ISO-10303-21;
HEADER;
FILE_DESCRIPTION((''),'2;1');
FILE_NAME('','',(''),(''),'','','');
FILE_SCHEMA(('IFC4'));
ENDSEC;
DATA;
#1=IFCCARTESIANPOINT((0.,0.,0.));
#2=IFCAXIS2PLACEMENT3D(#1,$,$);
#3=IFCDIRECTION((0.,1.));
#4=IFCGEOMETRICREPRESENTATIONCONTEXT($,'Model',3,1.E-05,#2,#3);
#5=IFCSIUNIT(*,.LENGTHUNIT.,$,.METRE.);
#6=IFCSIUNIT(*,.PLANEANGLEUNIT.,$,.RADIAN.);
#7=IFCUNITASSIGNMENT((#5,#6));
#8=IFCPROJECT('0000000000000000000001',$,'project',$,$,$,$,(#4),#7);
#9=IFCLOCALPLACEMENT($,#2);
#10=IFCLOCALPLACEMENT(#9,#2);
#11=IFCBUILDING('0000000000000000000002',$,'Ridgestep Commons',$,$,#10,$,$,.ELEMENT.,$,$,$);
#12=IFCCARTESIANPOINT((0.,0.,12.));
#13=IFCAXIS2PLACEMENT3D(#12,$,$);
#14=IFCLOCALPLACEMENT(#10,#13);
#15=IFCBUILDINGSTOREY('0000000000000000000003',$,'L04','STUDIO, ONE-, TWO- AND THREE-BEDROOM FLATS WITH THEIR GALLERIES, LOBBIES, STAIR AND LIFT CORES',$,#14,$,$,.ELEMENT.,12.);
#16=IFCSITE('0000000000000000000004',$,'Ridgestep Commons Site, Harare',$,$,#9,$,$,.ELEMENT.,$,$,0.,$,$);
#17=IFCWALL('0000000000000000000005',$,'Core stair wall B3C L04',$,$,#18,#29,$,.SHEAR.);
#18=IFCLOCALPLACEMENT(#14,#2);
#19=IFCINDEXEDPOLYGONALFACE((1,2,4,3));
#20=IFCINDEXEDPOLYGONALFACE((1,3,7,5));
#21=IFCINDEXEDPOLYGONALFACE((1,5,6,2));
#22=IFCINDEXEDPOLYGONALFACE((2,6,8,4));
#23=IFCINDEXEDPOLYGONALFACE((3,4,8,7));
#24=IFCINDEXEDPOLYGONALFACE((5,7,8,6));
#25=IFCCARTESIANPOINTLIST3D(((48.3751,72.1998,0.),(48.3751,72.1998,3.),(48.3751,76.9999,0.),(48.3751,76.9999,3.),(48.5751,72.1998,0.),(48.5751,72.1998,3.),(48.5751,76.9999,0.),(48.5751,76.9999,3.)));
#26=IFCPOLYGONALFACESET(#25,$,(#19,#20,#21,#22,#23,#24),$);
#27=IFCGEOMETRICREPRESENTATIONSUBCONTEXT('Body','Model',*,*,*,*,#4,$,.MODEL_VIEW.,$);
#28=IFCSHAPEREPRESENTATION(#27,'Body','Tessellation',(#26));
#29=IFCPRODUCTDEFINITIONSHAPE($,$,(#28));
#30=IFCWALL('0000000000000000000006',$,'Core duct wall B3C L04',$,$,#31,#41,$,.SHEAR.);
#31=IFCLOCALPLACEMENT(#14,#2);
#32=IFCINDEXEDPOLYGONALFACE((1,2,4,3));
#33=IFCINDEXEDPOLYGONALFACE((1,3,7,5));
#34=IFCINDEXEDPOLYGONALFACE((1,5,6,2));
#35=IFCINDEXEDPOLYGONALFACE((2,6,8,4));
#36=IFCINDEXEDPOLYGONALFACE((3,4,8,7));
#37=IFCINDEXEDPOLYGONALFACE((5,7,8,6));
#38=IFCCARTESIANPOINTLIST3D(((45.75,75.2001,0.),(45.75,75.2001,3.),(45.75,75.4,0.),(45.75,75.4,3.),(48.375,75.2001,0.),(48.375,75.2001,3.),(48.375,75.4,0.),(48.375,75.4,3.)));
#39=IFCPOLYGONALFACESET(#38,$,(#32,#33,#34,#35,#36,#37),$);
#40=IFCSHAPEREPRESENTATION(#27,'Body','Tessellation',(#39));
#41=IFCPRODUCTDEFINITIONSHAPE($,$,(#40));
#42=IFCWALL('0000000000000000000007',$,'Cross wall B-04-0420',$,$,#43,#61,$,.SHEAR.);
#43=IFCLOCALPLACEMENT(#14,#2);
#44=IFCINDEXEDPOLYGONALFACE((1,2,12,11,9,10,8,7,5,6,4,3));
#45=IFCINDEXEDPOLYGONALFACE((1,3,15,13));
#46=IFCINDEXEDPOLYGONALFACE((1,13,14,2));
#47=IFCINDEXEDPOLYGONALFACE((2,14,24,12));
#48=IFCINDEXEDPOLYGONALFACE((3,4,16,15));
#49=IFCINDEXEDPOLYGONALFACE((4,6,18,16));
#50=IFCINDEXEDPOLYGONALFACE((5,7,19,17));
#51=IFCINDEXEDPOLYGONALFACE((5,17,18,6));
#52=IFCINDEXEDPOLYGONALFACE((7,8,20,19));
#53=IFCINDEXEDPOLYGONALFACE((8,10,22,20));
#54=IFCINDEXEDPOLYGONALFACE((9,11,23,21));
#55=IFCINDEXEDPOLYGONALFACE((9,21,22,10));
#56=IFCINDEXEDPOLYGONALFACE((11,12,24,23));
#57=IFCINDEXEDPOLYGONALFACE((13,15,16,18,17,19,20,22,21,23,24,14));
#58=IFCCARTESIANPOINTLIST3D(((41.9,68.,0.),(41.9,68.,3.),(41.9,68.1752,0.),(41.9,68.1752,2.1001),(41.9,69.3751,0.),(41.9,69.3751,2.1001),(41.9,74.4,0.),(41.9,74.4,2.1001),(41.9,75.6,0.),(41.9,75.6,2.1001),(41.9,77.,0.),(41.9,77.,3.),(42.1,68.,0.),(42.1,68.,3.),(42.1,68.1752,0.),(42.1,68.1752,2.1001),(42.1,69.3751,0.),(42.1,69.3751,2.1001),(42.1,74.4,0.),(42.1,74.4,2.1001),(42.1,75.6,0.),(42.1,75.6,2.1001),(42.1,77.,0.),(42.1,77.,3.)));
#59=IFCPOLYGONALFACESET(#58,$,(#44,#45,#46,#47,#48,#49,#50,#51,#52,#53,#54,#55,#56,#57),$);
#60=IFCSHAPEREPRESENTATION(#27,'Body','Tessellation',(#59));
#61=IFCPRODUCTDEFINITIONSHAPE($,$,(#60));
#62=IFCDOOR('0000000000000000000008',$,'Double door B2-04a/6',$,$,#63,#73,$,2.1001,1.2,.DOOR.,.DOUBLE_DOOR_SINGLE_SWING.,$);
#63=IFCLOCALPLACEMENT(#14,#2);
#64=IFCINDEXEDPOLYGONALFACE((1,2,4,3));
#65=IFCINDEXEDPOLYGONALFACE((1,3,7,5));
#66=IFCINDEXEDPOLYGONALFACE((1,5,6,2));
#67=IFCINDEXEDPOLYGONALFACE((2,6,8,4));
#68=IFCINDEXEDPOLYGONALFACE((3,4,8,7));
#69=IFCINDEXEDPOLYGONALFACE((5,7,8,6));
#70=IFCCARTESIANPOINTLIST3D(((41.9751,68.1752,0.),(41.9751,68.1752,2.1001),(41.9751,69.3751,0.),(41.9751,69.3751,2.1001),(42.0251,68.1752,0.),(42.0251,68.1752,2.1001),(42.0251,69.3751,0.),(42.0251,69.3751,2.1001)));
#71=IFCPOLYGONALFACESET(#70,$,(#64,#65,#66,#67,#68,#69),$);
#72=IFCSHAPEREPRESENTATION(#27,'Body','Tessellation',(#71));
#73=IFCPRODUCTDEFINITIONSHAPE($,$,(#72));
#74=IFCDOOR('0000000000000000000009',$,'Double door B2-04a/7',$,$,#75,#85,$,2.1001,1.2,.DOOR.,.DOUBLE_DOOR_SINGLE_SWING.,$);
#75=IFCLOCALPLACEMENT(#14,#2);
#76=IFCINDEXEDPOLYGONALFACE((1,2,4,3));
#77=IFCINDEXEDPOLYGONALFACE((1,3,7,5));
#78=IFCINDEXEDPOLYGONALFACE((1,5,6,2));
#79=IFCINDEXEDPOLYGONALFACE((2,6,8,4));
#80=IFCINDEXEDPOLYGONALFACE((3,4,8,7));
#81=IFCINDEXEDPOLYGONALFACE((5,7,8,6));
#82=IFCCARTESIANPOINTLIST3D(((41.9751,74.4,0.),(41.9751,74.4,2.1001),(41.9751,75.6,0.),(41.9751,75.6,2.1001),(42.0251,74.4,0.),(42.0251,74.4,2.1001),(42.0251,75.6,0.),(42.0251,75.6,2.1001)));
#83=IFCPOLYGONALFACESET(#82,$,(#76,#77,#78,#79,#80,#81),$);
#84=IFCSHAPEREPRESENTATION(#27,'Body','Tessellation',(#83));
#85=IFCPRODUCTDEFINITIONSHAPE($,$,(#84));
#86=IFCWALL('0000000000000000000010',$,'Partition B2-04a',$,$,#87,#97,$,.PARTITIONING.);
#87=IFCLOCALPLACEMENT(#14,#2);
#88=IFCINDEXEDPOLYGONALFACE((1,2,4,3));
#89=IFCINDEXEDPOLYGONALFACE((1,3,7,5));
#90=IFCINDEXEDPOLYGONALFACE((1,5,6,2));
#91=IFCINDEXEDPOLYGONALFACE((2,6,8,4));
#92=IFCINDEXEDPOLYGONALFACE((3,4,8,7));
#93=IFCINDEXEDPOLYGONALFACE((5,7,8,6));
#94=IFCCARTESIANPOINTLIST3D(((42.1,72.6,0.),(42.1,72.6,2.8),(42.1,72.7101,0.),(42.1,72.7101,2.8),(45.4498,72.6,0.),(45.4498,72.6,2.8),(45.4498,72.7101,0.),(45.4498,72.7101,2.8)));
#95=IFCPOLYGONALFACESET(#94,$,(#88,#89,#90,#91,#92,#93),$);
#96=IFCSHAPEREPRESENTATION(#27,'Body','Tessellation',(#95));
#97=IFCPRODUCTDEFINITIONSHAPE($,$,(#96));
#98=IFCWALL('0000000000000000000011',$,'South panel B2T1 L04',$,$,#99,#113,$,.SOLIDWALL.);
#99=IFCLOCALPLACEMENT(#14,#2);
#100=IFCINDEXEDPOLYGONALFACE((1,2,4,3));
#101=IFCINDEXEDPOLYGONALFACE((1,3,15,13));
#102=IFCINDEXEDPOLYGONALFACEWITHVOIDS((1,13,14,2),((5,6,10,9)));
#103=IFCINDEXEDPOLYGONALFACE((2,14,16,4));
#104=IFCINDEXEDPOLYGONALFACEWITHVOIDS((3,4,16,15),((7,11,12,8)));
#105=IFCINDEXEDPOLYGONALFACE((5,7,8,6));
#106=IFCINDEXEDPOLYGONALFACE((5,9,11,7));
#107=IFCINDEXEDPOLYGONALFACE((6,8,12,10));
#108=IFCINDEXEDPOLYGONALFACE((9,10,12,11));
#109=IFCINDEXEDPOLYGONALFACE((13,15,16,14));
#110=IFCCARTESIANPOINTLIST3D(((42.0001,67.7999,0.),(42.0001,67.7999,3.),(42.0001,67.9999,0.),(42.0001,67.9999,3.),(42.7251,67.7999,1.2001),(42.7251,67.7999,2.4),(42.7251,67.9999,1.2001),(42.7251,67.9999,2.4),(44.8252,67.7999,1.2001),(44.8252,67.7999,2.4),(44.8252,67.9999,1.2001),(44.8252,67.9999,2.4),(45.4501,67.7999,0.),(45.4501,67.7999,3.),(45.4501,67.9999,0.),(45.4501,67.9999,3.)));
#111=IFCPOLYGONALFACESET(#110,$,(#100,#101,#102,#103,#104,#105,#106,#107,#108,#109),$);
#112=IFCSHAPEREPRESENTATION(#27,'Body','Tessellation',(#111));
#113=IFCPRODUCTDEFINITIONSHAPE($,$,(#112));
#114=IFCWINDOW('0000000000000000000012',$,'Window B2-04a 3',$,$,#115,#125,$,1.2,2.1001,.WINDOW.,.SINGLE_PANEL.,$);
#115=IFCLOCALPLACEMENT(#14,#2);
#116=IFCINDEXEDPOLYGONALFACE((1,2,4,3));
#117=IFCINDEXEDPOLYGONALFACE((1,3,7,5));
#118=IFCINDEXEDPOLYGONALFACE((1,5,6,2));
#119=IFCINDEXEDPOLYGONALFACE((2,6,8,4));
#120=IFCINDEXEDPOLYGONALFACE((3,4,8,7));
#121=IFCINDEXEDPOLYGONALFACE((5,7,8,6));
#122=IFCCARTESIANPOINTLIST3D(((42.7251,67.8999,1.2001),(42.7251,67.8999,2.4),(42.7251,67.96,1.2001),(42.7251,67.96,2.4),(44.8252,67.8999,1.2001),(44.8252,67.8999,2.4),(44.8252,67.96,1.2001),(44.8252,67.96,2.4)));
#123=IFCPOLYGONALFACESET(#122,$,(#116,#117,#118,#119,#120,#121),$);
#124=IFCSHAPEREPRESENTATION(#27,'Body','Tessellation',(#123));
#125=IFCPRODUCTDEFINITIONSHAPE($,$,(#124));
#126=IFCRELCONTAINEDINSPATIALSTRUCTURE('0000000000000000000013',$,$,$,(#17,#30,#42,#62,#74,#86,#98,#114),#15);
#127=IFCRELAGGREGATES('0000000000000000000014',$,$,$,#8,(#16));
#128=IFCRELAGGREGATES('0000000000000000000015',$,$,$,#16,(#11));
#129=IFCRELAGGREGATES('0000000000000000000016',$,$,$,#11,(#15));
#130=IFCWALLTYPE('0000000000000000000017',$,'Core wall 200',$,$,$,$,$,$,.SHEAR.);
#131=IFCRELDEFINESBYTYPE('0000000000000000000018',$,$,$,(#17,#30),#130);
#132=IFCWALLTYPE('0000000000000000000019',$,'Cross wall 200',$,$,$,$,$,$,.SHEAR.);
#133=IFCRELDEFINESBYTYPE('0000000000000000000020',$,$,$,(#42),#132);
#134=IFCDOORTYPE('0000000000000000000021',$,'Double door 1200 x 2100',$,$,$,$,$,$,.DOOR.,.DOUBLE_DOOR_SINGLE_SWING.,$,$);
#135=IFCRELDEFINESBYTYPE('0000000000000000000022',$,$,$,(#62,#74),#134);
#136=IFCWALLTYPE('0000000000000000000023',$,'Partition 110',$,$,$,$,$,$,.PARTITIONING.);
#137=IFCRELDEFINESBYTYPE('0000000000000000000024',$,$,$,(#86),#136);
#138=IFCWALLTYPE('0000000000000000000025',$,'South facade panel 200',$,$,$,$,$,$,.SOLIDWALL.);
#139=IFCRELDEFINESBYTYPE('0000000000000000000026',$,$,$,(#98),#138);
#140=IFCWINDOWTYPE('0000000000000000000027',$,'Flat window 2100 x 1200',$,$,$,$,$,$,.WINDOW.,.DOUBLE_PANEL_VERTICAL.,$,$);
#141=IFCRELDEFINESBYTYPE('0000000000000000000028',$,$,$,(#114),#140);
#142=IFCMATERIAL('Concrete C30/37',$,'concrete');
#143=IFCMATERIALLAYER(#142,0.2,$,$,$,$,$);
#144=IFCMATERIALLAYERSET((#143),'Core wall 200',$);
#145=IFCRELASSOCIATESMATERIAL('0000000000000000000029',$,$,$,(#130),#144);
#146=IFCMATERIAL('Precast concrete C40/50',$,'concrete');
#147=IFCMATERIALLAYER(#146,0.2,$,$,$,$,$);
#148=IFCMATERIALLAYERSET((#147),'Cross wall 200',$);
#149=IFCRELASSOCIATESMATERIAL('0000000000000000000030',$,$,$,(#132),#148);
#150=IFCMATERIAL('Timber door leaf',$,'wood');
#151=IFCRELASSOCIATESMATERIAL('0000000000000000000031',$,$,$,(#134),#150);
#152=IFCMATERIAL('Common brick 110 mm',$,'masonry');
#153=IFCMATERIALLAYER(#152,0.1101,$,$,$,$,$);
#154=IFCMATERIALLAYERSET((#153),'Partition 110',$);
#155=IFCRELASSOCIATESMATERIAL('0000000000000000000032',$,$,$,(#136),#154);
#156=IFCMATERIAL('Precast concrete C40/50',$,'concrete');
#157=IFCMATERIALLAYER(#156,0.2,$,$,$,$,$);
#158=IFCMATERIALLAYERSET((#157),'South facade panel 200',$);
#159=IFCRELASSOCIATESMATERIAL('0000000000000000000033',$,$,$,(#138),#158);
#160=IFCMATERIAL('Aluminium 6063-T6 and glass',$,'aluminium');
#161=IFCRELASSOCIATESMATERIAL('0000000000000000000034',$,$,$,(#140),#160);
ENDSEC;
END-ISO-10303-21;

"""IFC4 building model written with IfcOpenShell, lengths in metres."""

from ifc_helpers import new_model, si_unit, direction, frame, frame_2d, origin, place, context, subcontext, project, spatial, rectangle, extrude, material, layer, layer_set, type_object, element, fill, save


model = new_model("IFC4")

# Units and contexts
model_context = context("Model", 3, precision=1e-05, world=origin(), true_north=direction((0.0, 1.0)))
body_context = subcontext(model_context, "Body", "Model", "MODEL_VIEW")
ifc_project = project(units=[si_unit("LENGTHUNIT", "METRE"), si_unit("PLANEANGLEUNIT", "RADIAN")], contexts=[model_context])

# Site, building, storey
site_placement = place(None, origin())
site = spatial("IfcSite", under=ifc_project, at=site_placement, Name="Ridgestep Commons Site, Harare", CompositionType="ELEMENT", RefElevation=0.0)
building_placement = place(site_placement, origin())
building = spatial("IfcBuilding", under=site, at=building_placement, Name="Ridgestep Commons", CompositionType="ELEMENT")
storey_placement = place(building_placement, frame((0.0, 0.0, 12.0)))
storey = spatial("IfcBuildingStorey", under=building, at=storey_placement, Name="L04", Description="STUDIO, ONE-, TWO- AND THREE-BEDROOM FLATS WITH THEIR GALLERIES, LOBBIES, STAIR AND LIFT CORES", CompositionType="ELEMENT", Elevation=12.0)

# Shared definitions
ifc_material_1 = material(Name="Concrete C30/37", Category="concrete")
ifc_layer_1 = layer(ifc_material_1, 0.2)
ifc_layer_set_1 = layer_set([ifc_layer_1], Name="Core wall 200")
wall_type_1 = type_object("IfcWallType", Name="Core wall 200", PredefinedType="SHEAR", material=ifc_layer_set_1)

# Walls
wall_1_placement = place(storey_placement, frame((48.4751, 72.2, 0.0), z_axis=(0.0, 0.0, 1.0), x_axis=(0.0, 1.0, 0.0)))
element("IfcWall", 1, at=wall_1_placement, inside=storey, type_object=wall_type_1, Name="Core stair wall B3C L04", PredefinedType="SHEAR", context=body_context, shape_type="SweptSolid", body=[
    extrude(rectangle(XDim=4.8, YDim=0.2, at=frame_2d((2.3999, 0.0))), origin(), (0.0, 0.0, 1.0), 3.0),
])
wall_2_placement = place(storey_placement, frame((45.75, 75.3, 0.0), z_axis=(0.0, 0.0, 1.0), x_axis=(1.0, 0.0, 0.0)))
element("IfcWall", 2, at=wall_2_placement, inside=storey, type_object=wall_type_1, Name="Core duct wall B3C L04", PredefinedType="SHEAR", context=body_context, shape_type="SweptSolid", body=[
    extrude(rectangle(XDim=2.625, YDim=0.2, at=frame_2d((1.3125, 0.0))), origin(), (0.0, 0.0, 1.0), 3.0),
])

# Wall, openings, doors
ifc_material_2 = material(Name="Precast concrete C40/50", Category="concrete")
ifc_layer_2 = layer(ifc_material_2, 0.2)
ifc_layer_set_2 = layer_set([ifc_layer_2], Name="Cross wall 200")
wall_type_2 = type_object("IfcWallType", Name="Cross wall 200", PredefinedType="SHEAR", material=ifc_layer_set_2)
wall_3_placement = place(storey_placement, frame((42.0, 68.0, 0.0), z_axis=(0.0, 0.0, 1.0), x_axis=(0.0, 1.0, 0.0)))
wall_3 = element("IfcWall", 3, at=wall_3_placement, inside=storey, type_object=wall_type_2, Name="Cross wall B-04-0420", PredefinedType="SHEAR", context=body_context, shape_type="SweptSolid", body=[
    extrude(rectangle(XDim=9.0, YDim=0.2, at=frame_2d((4.5, 0.0))), origin(), (0.0, 0.0, 1.0), 3.0),
])
opening_1_placement = place(wall_3_placement, frame((0.175, 0.0, 0.0)))
opening_1 = element("IfcOpeningElement", 4, at=opening_1_placement, cuts=wall_3, PredefinedType="OPENING", context=body_context, shape_type="SweptSolid", body=[
    extrude(rectangle(XDim=1.2, YDim=2.1001, at=frame_2d((0.6001, 1.05))), frame((0.0, 0.1099, 0.0), z_axis=(0.0, -1.0, 0.0), x_axis=(1.0, 0.0, 0.0)), (0.0, 0.0, 1.0), 0.22),
])
opening_2_placement = place(wall_3_placement, frame((6.3999, 0.0, 0.0)))
opening_2 = element("IfcOpeningElement", 5, at=opening_2_placement, cuts=wall_3, PredefinedType="OPENING", context=body_context, shape_type="SweptSolid", body=[
    extrude(rectangle(XDim=1.2, YDim=2.1001, at=frame_2d((0.6001, 1.05))), frame((0.0, 0.1099, 0.0), z_axis=(0.0, -1.0, 0.0), x_axis=(1.0, 0.0, 0.0)), (0.0, 0.0, 1.0), 0.22),
])
ifc_material_3 = material(Name="Timber door leaf", Category="wood")
door_type_1 = type_object("IfcDoorType", Name="Double door 1200 x 2100", OperationType="DOUBLE_DOOR_SINGLE_SWING", PredefinedType="DOOR", material=ifc_material_3)
door_1_placement = place(opening_1_placement, origin())
door_1 = element("IfcDoor", 6, at=door_1_placement, inside=storey, type_object=door_type_1, Name="Double door B2-04a/6", OperationType="DOUBLE_DOOR_SINGLE_SWING", OverallHeight=2.1001, OverallWidth=1.2, PredefinedType="DOOR", context=body_context, shape_type="SweptSolid", body=[
    extrude(rectangle(XDim=1.2, YDim=2.1001, at=frame_2d((0.6001, 1.05))), frame((0.0, 0.0249, 0.0), z_axis=(0.0, -1.0, 0.0), x_axis=(1.0, 0.0, 0.0)), (0.0, 0.0, 1.0), 0.05),
])
fill(opening_1, door_1)
door_2_placement = place(opening_2_placement, origin())
door_2 = element("IfcDoor", 7, at=door_2_placement, inside=storey, type_object=door_type_1, Name="Double door B2-04a/7", OperationType="DOUBLE_DOOR_SINGLE_SWING", OverallHeight=2.1001, OverallWidth=1.2, PredefinedType="DOOR", context=body_context, shape_type="SweptSolid", body=[
    extrude(rectangle(XDim=1.2, YDim=2.1001, at=frame_2d((0.6001, 1.05))), frame((0.0, 0.0249, 0.0), z_axis=(0.0, -1.0, 0.0), x_axis=(1.0, 0.0, 0.0)), (0.0, 0.0, 1.0), 0.05),
])
fill(opening_2, door_2)

# Wall
ifc_material_4 = material(Name="Common brick 110 mm", Category="masonry")
ifc_layer_3 = layer(ifc_material_4, 0.1101)
ifc_layer_set_3 = layer_set([ifc_layer_3], Name="Partition 110")
wall_type_3 = type_object("IfcWallType", Name="Partition 110", PredefinedType="PARTITIONING", material=ifc_layer_set_3)
wall_4_placement = place(storey_placement, frame((42.1001, 72.655, 0.0), z_axis=(0.0, 0.0, 1.0), x_axis=(1.0, 0.0, 0.0)))
element("IfcWall", 8, at=wall_4_placement, inside=storey, type_object=wall_type_3, Name="Partition B2-04a", PredefinedType="PARTITIONING", context=body_context, shape_type="SweptSolid", body=[
    extrude(rectangle(XDim=3.3499, YDim=0.1101, at=frame_2d((1.6748, 0.0))), origin(), (0.0, 0.0, 1.0), 2.8),
])

# Wall, opening, window
ifc_material_5 = material(Name="Precast concrete C40/50", Category="concrete")
ifc_layer_4 = layer(ifc_material_5, 0.2)
ifc_layer_set_4 = layer_set([ifc_layer_4], Name="South facade panel 200")
wall_type_4 = type_object("IfcWallType", Name="South facade panel 200", PredefinedType="SOLIDWALL", material=ifc_layer_set_4)
wall_5_placement = place(storey_placement, frame((42.0, 67.8999, 0.0), z_axis=(0.0, 0.0, 1.0), x_axis=(1.0, 0.0, 0.0)))
wall_5 = element("IfcWall", 9, at=wall_5_placement, inside=storey, type_object=wall_type_4, Name="South panel B2T1 L04", PredefinedType="SOLIDWALL", context=body_context, shape_type="SweptSolid", body=[
    extrude(rectangle(XDim=3.45, YDim=0.2, at=frame_2d((1.7251, 0.0))), origin(), (0.0, 0.0, 1.0), 3.0),
])
opening_3_placement = place(wall_5_placement, frame((0.7251, 0.0, 1.2)))
opening_3 = element("IfcOpeningElement", 10, at=opening_3_placement, cuts=wall_5, PredefinedType="OPENING", context=body_context, shape_type="SweptSolid", body=[
    extrude(rectangle(XDim=2.1001, YDim=1.2, at=frame_2d((1.05, 0.6001))), frame((0.0, 0.1099, 0.0), z_axis=(0.0, -1.0, 0.0), x_axis=(1.0, 0.0, 0.0)), (0.0, 0.0, 1.0), 0.22),
])
ifc_material_6 = material(Name="Aluminium 6063-T6 and glass", Category="aluminium")
window_type = type_object("IfcWindowType", Name="Flat window 2100 x 1200", PartitioningType="DOUBLE_PANEL_VERTICAL", PredefinedType="WINDOW", material=ifc_material_6)
window_placement = place(opening_3_placement, origin())
window = element("IfcWindow", 11, at=window_placement, inside=storey, type_object=window_type, Name="Window B2-04a 3", OverallHeight=1.2, OverallWidth=2.1001, PartitioningType="SINGLE_PANEL", PredefinedType="WINDOW", context=body_context, shape_type="SweptSolid", body=[
    extrude(rectangle(XDim=2.1001, YDim=1.2, at=frame_2d((1.05, 0.6001))), frame((0.0, 0.0601, 0.0), z_axis=(0.0, -1.0, 0.0), x_axis=(1.0, 0.0, 0.0)), (0.0, 0.0, 1.0), 0.0601),
])
fill(opening_3, window)

save(model, "model.ifc")
